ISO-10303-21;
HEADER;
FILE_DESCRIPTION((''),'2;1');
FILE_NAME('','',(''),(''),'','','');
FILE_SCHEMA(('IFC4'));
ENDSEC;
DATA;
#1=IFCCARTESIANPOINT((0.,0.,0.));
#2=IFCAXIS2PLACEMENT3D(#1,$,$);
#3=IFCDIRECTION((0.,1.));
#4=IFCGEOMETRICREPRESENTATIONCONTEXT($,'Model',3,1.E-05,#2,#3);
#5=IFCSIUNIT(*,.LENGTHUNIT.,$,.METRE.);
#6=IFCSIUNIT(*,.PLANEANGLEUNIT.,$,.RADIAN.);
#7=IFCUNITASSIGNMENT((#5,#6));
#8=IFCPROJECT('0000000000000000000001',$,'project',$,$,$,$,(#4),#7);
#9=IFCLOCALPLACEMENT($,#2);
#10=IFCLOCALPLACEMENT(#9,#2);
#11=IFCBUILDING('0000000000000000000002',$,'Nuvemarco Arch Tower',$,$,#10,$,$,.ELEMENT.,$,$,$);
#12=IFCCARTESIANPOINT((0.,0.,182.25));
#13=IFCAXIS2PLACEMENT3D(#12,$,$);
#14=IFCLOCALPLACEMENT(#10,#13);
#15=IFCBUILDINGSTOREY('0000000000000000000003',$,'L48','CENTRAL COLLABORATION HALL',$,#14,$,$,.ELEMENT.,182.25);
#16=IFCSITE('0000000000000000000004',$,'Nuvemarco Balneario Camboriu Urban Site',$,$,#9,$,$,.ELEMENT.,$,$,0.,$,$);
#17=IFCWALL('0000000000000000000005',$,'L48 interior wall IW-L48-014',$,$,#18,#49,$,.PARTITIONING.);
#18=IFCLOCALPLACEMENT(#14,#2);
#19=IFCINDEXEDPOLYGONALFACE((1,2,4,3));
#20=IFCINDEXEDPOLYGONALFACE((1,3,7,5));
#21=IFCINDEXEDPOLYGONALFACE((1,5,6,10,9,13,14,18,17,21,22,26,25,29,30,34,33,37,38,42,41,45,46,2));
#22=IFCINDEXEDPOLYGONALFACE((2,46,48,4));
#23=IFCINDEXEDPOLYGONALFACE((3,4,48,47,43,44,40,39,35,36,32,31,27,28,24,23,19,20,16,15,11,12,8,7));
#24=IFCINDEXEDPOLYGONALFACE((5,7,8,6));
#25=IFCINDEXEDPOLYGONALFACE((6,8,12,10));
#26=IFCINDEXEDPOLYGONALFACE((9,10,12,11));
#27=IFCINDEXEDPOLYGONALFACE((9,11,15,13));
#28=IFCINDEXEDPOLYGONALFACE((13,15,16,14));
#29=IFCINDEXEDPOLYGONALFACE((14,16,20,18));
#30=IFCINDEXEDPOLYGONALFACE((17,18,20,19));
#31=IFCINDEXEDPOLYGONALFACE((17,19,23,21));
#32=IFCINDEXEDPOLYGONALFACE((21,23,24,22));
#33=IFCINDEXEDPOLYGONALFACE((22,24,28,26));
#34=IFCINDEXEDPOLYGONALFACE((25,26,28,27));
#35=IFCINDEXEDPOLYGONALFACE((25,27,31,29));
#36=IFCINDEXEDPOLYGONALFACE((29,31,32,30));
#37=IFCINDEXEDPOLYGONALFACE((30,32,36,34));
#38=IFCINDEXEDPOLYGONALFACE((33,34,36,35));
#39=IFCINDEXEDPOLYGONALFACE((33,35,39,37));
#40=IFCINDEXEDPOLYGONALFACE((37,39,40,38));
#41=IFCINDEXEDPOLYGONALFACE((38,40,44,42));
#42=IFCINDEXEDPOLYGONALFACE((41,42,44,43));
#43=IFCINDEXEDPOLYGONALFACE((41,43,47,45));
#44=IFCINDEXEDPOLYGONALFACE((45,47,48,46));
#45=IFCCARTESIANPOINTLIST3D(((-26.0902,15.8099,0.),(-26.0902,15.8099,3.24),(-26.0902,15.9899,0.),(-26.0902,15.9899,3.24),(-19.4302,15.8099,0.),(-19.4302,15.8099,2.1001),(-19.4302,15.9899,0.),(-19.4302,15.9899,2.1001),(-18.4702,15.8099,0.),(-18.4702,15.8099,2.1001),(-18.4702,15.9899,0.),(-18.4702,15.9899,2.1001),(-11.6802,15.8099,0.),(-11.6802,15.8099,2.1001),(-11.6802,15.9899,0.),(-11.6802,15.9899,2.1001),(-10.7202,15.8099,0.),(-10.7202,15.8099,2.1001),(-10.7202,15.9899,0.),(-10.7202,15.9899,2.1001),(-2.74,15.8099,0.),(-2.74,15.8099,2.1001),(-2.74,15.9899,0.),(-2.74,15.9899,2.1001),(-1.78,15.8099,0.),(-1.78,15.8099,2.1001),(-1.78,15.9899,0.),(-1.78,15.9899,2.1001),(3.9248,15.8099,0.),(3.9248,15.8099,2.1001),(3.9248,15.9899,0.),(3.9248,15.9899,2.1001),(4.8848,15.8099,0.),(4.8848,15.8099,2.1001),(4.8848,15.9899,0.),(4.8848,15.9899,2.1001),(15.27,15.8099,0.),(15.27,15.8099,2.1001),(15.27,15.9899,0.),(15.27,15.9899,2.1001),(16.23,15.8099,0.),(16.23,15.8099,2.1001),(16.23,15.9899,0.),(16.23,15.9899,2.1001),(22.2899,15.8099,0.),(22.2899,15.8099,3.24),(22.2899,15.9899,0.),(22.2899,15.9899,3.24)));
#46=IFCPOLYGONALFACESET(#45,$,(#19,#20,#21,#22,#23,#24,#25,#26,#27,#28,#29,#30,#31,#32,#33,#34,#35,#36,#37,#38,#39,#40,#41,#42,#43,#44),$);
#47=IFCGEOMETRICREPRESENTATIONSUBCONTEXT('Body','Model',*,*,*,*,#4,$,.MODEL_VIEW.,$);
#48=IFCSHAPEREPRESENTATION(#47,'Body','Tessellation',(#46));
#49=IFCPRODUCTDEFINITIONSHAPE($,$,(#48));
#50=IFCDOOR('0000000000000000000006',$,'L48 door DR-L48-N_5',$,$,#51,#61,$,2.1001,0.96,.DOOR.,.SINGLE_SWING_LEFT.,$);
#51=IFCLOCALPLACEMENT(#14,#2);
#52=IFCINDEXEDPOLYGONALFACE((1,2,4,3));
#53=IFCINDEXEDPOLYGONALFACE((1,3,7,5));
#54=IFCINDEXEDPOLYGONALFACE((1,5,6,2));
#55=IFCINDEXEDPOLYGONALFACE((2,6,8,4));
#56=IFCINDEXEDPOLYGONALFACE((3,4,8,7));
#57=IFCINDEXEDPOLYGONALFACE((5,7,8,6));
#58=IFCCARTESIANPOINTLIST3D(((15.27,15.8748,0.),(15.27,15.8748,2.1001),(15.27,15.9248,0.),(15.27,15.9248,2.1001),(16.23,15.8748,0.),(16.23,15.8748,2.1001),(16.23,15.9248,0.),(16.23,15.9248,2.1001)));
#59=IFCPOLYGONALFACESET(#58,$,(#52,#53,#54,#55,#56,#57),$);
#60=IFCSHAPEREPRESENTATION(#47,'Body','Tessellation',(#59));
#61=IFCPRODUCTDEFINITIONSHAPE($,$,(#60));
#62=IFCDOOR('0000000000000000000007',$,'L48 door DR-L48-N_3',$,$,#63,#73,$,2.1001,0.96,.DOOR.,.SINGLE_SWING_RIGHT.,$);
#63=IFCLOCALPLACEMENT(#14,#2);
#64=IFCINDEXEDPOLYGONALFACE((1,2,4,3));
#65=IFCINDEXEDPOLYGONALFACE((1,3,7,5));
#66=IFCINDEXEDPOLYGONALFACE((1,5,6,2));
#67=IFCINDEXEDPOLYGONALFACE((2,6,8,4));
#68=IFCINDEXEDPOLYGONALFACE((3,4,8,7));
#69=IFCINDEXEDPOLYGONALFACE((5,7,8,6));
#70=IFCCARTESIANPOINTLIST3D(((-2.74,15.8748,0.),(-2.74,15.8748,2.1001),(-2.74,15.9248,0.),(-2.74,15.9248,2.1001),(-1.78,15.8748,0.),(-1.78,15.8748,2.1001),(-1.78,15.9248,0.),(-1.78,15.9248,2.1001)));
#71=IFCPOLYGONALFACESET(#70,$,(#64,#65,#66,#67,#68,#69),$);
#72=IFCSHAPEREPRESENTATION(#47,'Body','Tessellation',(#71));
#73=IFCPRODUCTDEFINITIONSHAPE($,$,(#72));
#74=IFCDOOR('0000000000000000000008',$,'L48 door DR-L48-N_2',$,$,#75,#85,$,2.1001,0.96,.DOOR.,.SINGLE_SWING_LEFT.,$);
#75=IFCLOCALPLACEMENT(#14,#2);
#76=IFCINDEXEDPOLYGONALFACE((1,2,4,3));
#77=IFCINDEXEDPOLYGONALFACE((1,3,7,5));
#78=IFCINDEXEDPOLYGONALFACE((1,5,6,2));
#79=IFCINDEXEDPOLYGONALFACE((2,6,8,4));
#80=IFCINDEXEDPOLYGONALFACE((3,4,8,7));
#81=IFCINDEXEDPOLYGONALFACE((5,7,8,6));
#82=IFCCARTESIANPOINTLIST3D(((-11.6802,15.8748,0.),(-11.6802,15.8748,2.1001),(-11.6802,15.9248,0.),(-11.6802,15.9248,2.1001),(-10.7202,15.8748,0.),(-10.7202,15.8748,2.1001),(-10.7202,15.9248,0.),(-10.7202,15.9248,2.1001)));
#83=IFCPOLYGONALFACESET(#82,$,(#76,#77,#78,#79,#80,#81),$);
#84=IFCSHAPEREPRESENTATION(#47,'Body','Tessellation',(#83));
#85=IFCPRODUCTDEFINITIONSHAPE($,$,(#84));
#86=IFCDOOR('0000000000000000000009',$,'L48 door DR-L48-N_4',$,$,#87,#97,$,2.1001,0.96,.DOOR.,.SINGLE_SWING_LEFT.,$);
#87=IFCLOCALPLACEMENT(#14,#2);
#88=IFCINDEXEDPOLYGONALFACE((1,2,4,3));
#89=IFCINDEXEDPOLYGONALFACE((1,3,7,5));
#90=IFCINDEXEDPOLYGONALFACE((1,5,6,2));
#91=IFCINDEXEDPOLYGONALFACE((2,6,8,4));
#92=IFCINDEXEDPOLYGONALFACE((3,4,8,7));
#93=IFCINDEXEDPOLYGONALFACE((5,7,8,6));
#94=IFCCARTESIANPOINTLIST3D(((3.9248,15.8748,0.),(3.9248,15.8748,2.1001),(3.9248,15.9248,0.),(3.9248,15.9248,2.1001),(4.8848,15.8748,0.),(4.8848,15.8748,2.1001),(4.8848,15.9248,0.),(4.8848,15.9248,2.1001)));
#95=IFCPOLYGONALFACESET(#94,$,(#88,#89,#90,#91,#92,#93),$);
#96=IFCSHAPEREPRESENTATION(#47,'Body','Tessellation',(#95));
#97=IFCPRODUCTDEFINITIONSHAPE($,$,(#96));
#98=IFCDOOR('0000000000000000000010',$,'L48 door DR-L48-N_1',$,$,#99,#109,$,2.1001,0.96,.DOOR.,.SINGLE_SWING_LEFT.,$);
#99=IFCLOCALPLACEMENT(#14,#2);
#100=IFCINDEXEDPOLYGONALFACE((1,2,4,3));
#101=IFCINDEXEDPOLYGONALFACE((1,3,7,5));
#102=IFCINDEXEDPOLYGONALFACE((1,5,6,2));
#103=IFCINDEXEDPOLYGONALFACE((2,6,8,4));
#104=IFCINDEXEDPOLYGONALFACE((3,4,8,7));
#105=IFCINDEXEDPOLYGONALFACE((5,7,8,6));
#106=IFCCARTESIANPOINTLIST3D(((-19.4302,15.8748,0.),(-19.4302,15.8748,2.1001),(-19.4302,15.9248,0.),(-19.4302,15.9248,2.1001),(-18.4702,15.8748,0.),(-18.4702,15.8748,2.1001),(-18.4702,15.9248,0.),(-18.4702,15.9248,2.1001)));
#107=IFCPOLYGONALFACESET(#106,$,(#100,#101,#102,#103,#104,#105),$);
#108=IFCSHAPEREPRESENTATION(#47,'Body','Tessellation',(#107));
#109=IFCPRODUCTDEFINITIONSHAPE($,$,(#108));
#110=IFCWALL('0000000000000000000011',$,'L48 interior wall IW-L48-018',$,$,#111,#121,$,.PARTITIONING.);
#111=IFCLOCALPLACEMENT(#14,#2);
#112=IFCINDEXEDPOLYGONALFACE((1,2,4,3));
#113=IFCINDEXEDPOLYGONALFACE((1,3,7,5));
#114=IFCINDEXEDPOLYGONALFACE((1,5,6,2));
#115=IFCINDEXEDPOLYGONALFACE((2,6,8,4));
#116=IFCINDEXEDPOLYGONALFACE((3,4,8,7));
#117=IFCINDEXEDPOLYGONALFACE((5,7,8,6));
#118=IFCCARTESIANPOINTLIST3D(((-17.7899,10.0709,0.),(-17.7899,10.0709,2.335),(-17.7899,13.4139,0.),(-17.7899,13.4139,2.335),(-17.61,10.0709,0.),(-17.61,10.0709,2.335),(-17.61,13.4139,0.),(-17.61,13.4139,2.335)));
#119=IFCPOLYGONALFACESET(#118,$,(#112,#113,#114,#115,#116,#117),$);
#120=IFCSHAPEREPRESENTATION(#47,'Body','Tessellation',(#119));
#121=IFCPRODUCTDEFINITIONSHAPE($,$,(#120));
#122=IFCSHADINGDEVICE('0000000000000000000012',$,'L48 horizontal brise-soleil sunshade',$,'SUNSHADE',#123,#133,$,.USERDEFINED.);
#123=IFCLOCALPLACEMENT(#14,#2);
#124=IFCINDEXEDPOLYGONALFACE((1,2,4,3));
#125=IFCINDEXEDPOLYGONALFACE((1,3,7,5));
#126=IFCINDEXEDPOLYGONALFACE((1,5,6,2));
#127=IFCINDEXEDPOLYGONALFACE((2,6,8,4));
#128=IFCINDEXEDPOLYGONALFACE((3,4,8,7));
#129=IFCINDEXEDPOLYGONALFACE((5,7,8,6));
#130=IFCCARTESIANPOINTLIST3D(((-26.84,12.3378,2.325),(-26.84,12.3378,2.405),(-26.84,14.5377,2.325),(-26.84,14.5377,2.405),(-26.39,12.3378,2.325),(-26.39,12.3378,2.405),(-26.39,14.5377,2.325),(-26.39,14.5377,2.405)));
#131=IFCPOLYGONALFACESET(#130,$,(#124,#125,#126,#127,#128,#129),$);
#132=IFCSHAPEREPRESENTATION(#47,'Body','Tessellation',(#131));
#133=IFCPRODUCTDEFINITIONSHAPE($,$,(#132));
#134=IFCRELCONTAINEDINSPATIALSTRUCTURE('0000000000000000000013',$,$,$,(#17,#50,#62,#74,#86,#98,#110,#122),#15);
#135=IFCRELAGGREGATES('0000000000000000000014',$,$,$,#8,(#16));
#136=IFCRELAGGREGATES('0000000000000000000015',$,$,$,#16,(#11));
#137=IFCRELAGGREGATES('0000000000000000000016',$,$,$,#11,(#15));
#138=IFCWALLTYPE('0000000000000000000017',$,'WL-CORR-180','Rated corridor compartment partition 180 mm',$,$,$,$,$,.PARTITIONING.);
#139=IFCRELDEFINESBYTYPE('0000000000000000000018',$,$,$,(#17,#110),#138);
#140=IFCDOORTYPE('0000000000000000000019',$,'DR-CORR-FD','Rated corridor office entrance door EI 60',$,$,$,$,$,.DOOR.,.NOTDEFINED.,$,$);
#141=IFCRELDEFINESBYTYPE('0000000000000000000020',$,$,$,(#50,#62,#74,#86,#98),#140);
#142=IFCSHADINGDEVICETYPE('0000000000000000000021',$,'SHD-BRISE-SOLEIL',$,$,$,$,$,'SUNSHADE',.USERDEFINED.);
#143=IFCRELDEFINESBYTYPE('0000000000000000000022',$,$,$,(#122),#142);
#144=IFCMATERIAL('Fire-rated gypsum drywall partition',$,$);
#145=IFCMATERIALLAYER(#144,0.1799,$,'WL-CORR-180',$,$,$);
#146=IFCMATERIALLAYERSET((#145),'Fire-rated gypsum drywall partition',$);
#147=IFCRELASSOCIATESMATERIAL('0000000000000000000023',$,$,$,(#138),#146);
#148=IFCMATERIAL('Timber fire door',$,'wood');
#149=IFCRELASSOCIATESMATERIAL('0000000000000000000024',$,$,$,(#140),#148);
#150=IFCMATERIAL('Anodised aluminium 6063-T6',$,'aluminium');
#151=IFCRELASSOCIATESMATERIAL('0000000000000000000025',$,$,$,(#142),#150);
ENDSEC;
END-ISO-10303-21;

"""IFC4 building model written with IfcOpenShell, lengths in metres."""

from ifc_helpers import new_model, si_unit, direction, frame, frame_2d, origin, origin_2d, place, context, subcontext, project, spatial, rectangle, extrude, source, transform, mapped, material, layer, layer_set, type_object, type_shapes, element, fill, save


model = new_model("IFC4")

# Units and contexts
model_context = context("Model", 3, precision=1e-05, world=origin(), true_north=direction((0.0, 1.0)))
body_context = subcontext(model_context, "Body", "Model", "MODEL_VIEW")
ifc_project = project(units=[si_unit("LENGTHUNIT", "METRE"), si_unit("PLANEANGLEUNIT", "RADIAN")], contexts=[model_context])

# Site, building, storey
site_placement = place(None, origin())
site = spatial("IfcSite", under=ifc_project, at=site_placement, Name="Nuvemarco Balneario Camboriu Urban Site", CompositionType="ELEMENT", RefElevation=0.0)
building_placement = place(site_placement, origin())
building = spatial("IfcBuilding", under=site, at=building_placement, Name="Nuvemarco Arch Tower", CompositionType="ELEMENT")
storey_placement = place(building_placement, frame((0.0, 0.0, 182.25)))
storey = spatial("IfcBuildingStorey", under=building, at=storey_placement, Name="L48", Description="CENTRAL COLLABORATION HALL", CompositionType="ELEMENT", Elevation=182.25)

# Shared definitions
ifc_material_1 = material(Name="Fire-rated gypsum drywall partition")
ifc_layer = layer(ifc_material_1, 0.1799, Name="WL-CORR-180")
ifc_layer_set = layer_set([ifc_layer], Name="Fire-rated gypsum drywall partition")
wall_type = type_object("IfcWallType", Name="WL-CORR-180", Description="Rated corridor compartment partition 180 mm", PredefinedType="PARTITIONING", material=ifc_layer_set)
ifc_material_2 = material(Name="Timber fire door", Category="wood")
door_type = type_object("IfcDoorType", Name="DR-CORR-FD", Description="Rated corridor office entrance door EI 60", OperationType="NOTDEFINED", PredefinedType="DOOR", material=ifc_material_2)
shared_shape_1 = source(origin(), body_context, "Body", "SweptSolid", [
    extrude(rectangle(XDim=0.96, YDim=2.1001, at=frame_2d((0.48, 1.05))), frame((0.0, 0.0249, 0.0), z_axis=(0.0, -1.0, 0.0), x_axis=(1.0, 0.0, 0.0)), (0.0, 0.0, 1.0), 0.05),
])
type_shapes(door_type, [shared_shape_1])

# Wall, openings, doors
wall_1_placement = place(storey_placement, frame((-26.0901, 15.8999, 0.0), z_axis=(0.0, 0.0, 1.0), x_axis=(1.0, 0.0, 0.0)))
wall_1 = element("IfcWall", 1, at=wall_1_placement, inside=storey, type_object=wall_type, Name="L48 interior wall IW-L48-014", PredefinedType="PARTITIONING", context=body_context, shape_type="SweptSolid", body=[
    extrude(rectangle(XDim=48.3801, YDim=0.1799, at=frame_2d((24.1899, 0.0))), origin(), (0.0, 0.0, 1.0), 3.24),
])
opening_1_placement = place(wall_1_placement, frame((41.3601, 0.0, 0.0)))
opening_1 = element("IfcOpeningElement", 2, at=opening_1_placement, cuts=wall_1, PredefinedType="OPENING", context=body_context, shape_type="SweptSolid", body=[
    extrude(rectangle(XDim=0.96, YDim=2.1001, at=frame_2d((0.48, 1.05))), frame((0.0, 0.0999, 0.0), z_axis=(0.0, -1.0, 0.0), x_axis=(1.0, 0.0, 0.0)), (0.0, 0.0, 1.0), 0.2),
])
opening_2_placement = place(wall_1_placement, frame((23.3501, 0.0, 0.0)))
opening_2 = element("IfcOpeningElement", 3, at=opening_2_placement, cuts=wall_1, PredefinedType="OPENING", context=body_context, shape_type="SweptSolid", body=[
    extrude(rectangle(XDim=0.96, YDim=2.1001, at=frame_2d((0.48, 1.05))), frame((0.0, 0.0999, 0.0), z_axis=(0.0, -1.0, 0.0), x_axis=(1.0, 0.0, 0.0)), (0.0, 0.0, 1.0), 0.2),
])
opening_3_placement = place(wall_1_placement, frame((14.4099, 0.0, 0.0)))
opening_3 = element("IfcOpeningElement", 4, at=opening_3_placement, cuts=wall_1, PredefinedType="OPENING", context=body_context, shape_type="SweptSolid", body=[
    extrude(rectangle(XDim=0.96, YDim=2.1001, at=frame_2d((0.48, 1.05))), frame((0.0, 0.0999, 0.0), z_axis=(0.0, -1.0, 0.0), x_axis=(1.0, 0.0, 0.0)), (0.0, 0.0, 1.0), 0.2),
])
opening_4_placement = place(wall_1_placement, frame((30.0149, 0.0, 0.0)))
opening_4 = element("IfcOpeningElement", 5, at=opening_4_placement, cuts=wall_1, PredefinedType="OPENING", context=body_context, shape_type="SweptSolid", body=[
    extrude(rectangle(XDim=0.96, YDim=2.1001, at=frame_2d((0.48, 1.05))), frame((0.0, 0.0999, 0.0), z_axis=(0.0, -1.0, 0.0), x_axis=(1.0, 0.0, 0.0)), (0.0, 0.0, 1.0), 0.2),
])
opening_5_placement = place(wall_1_placement, frame((6.6599, 0.0, 0.0)))
opening_5 = element("IfcOpeningElement", 6, at=opening_5_placement, cuts=wall_1, PredefinedType="OPENING", context=body_context, shape_type="SweptSolid", body=[
    extrude(rectangle(XDim=0.96, YDim=2.1001, at=frame_2d((0.48, 1.05))), frame((0.0, 0.0999, 0.0), z_axis=(0.0, -1.0, 0.0), x_axis=(1.0, 0.0, 0.0)), (0.0, 0.0, 1.0), 0.2),
])
door_1_placement = place(opening_1_placement, origin())
door_1 = element("IfcDoor", 7, at=door_1_placement, inside=storey, type_object=door_type, Name="L48 door DR-L48-N_5", OperationType="SINGLE_SWING_LEFT", OverallHeight=2.1001, OverallWidth=0.96, PredefinedType="DOOR", context=body_context, shape_type="MappedRepresentation", body=[
    mapped(shared_shape_1, transform((0.0, 0.0, 0.0), scale=1.0)),
])
fill(opening_1, door_1)
door_2_placement = place(opening_2_placement, origin())
door_2 = element("IfcDoor", 8, at=door_2_placement, inside=storey, type_object=door_type, Name="L48 door DR-L48-N_3", OperationType="SINGLE_SWING_RIGHT", OverallHeight=2.1001, OverallWidth=0.96, PredefinedType="DOOR", context=body_context, shape_type="MappedRepresentation", body=[
    mapped(shared_shape_1, transform((0.0, 0.0, 0.0), scale=1.0)),
])
fill(opening_2, door_2)
door_3_placement = place(opening_3_placement, origin())
door_3 = element("IfcDoor", 9, at=door_3_placement, inside=storey, type_object=door_type, Name="L48 door DR-L48-N_2", OperationType="SINGLE_SWING_LEFT", OverallHeight=2.1001, OverallWidth=0.96, PredefinedType="DOOR", context=body_context, shape_type="MappedRepresentation", body=[
    mapped(shared_shape_1, transform((0.0, 0.0, 0.0), scale=1.0)),
])
fill(opening_3, door_3)
door_4_placement = place(opening_4_placement, origin())
door_4 = element("IfcDoor", 10, at=door_4_placement, inside=storey, type_object=door_type, Name="L48 door DR-L48-N_4", OperationType="SINGLE_SWING_LEFT", OverallHeight=2.1001, OverallWidth=0.96, PredefinedType="DOOR", context=body_context, shape_type="MappedRepresentation", body=[
    mapped(shared_shape_1, transform((0.0, 0.0, 0.0), scale=1.0)),
])
fill(opening_4, door_4)
door_5_placement = place(opening_5_placement, origin())
door_5 = element("IfcDoor", 11, at=door_5_placement, inside=storey, type_object=door_type, Name="L48 door DR-L48-N_1", OperationType="SINGLE_SWING_LEFT", OverallHeight=2.1001, OverallWidth=0.96, PredefinedType="DOOR", context=body_context, shape_type="MappedRepresentation", body=[
    mapped(shared_shape_1, transform((0.0, 0.0, 0.0), scale=1.0)),
])
fill(opening_5, door_5)

# Wall
wall_2_placement = place(storey_placement, frame((-17.7, 10.071, 0.0), z_axis=(0.0, 0.0, 1.0), x_axis=(0.0, 1.0, 0.0)))
element("IfcWall", 12, at=wall_2_placement, inside=storey, type_object=wall_type, Name="L48 interior wall IW-L48-018", PredefinedType="PARTITIONING", context=body_context, shape_type="SweptSolid", body=[
    extrude(rectangle(XDim=3.343, YDim=0.1799, at=frame_2d((1.6714, 0.0))), origin(), (0.0, 0.0, 1.0), 2.335),
])

# Shading device
ifc_material_3 = material(Name="Anodised aluminium 6063-T6", Category="aluminium")
shading_device_type = type_object("IfcShadingDeviceType", Name="SHD-BRISE-SOLEIL", ElementType="SUNSHADE", PredefinedType="USERDEFINED", material=ifc_material_3)
shared_shape_2 = source(origin(), body_context, "Body", "SweptSolid", [
    extrude(rectangle(XDim=2.2, YDim=0.45, at=origin_2d()), origin(), (0.0, 0.0, 1.0), 0.0801),
])
type_shapes(shading_device_type, [shared_shape_2])
shading_device_placement = place(storey_placement, frame((-26.615, 13.4377, 2.325), z_axis=(0.0, 0.0, 1.0), x_axis=(0.0, 1.0, 0.0)))
element("IfcShadingDevice", 13, at=shading_device_placement, inside=storey, type_object=shading_device_type, Name="L48 horizontal brise-soleil sunshade", ObjectType="SUNSHADE", PredefinedType="USERDEFINED", context=body_context, shape_type="MappedRepresentation", body=[
    mapped(shared_shape_2, transform((0.0, 0.0, 0.0), scale=1.0)),
])

save(model, "model.ifc")
